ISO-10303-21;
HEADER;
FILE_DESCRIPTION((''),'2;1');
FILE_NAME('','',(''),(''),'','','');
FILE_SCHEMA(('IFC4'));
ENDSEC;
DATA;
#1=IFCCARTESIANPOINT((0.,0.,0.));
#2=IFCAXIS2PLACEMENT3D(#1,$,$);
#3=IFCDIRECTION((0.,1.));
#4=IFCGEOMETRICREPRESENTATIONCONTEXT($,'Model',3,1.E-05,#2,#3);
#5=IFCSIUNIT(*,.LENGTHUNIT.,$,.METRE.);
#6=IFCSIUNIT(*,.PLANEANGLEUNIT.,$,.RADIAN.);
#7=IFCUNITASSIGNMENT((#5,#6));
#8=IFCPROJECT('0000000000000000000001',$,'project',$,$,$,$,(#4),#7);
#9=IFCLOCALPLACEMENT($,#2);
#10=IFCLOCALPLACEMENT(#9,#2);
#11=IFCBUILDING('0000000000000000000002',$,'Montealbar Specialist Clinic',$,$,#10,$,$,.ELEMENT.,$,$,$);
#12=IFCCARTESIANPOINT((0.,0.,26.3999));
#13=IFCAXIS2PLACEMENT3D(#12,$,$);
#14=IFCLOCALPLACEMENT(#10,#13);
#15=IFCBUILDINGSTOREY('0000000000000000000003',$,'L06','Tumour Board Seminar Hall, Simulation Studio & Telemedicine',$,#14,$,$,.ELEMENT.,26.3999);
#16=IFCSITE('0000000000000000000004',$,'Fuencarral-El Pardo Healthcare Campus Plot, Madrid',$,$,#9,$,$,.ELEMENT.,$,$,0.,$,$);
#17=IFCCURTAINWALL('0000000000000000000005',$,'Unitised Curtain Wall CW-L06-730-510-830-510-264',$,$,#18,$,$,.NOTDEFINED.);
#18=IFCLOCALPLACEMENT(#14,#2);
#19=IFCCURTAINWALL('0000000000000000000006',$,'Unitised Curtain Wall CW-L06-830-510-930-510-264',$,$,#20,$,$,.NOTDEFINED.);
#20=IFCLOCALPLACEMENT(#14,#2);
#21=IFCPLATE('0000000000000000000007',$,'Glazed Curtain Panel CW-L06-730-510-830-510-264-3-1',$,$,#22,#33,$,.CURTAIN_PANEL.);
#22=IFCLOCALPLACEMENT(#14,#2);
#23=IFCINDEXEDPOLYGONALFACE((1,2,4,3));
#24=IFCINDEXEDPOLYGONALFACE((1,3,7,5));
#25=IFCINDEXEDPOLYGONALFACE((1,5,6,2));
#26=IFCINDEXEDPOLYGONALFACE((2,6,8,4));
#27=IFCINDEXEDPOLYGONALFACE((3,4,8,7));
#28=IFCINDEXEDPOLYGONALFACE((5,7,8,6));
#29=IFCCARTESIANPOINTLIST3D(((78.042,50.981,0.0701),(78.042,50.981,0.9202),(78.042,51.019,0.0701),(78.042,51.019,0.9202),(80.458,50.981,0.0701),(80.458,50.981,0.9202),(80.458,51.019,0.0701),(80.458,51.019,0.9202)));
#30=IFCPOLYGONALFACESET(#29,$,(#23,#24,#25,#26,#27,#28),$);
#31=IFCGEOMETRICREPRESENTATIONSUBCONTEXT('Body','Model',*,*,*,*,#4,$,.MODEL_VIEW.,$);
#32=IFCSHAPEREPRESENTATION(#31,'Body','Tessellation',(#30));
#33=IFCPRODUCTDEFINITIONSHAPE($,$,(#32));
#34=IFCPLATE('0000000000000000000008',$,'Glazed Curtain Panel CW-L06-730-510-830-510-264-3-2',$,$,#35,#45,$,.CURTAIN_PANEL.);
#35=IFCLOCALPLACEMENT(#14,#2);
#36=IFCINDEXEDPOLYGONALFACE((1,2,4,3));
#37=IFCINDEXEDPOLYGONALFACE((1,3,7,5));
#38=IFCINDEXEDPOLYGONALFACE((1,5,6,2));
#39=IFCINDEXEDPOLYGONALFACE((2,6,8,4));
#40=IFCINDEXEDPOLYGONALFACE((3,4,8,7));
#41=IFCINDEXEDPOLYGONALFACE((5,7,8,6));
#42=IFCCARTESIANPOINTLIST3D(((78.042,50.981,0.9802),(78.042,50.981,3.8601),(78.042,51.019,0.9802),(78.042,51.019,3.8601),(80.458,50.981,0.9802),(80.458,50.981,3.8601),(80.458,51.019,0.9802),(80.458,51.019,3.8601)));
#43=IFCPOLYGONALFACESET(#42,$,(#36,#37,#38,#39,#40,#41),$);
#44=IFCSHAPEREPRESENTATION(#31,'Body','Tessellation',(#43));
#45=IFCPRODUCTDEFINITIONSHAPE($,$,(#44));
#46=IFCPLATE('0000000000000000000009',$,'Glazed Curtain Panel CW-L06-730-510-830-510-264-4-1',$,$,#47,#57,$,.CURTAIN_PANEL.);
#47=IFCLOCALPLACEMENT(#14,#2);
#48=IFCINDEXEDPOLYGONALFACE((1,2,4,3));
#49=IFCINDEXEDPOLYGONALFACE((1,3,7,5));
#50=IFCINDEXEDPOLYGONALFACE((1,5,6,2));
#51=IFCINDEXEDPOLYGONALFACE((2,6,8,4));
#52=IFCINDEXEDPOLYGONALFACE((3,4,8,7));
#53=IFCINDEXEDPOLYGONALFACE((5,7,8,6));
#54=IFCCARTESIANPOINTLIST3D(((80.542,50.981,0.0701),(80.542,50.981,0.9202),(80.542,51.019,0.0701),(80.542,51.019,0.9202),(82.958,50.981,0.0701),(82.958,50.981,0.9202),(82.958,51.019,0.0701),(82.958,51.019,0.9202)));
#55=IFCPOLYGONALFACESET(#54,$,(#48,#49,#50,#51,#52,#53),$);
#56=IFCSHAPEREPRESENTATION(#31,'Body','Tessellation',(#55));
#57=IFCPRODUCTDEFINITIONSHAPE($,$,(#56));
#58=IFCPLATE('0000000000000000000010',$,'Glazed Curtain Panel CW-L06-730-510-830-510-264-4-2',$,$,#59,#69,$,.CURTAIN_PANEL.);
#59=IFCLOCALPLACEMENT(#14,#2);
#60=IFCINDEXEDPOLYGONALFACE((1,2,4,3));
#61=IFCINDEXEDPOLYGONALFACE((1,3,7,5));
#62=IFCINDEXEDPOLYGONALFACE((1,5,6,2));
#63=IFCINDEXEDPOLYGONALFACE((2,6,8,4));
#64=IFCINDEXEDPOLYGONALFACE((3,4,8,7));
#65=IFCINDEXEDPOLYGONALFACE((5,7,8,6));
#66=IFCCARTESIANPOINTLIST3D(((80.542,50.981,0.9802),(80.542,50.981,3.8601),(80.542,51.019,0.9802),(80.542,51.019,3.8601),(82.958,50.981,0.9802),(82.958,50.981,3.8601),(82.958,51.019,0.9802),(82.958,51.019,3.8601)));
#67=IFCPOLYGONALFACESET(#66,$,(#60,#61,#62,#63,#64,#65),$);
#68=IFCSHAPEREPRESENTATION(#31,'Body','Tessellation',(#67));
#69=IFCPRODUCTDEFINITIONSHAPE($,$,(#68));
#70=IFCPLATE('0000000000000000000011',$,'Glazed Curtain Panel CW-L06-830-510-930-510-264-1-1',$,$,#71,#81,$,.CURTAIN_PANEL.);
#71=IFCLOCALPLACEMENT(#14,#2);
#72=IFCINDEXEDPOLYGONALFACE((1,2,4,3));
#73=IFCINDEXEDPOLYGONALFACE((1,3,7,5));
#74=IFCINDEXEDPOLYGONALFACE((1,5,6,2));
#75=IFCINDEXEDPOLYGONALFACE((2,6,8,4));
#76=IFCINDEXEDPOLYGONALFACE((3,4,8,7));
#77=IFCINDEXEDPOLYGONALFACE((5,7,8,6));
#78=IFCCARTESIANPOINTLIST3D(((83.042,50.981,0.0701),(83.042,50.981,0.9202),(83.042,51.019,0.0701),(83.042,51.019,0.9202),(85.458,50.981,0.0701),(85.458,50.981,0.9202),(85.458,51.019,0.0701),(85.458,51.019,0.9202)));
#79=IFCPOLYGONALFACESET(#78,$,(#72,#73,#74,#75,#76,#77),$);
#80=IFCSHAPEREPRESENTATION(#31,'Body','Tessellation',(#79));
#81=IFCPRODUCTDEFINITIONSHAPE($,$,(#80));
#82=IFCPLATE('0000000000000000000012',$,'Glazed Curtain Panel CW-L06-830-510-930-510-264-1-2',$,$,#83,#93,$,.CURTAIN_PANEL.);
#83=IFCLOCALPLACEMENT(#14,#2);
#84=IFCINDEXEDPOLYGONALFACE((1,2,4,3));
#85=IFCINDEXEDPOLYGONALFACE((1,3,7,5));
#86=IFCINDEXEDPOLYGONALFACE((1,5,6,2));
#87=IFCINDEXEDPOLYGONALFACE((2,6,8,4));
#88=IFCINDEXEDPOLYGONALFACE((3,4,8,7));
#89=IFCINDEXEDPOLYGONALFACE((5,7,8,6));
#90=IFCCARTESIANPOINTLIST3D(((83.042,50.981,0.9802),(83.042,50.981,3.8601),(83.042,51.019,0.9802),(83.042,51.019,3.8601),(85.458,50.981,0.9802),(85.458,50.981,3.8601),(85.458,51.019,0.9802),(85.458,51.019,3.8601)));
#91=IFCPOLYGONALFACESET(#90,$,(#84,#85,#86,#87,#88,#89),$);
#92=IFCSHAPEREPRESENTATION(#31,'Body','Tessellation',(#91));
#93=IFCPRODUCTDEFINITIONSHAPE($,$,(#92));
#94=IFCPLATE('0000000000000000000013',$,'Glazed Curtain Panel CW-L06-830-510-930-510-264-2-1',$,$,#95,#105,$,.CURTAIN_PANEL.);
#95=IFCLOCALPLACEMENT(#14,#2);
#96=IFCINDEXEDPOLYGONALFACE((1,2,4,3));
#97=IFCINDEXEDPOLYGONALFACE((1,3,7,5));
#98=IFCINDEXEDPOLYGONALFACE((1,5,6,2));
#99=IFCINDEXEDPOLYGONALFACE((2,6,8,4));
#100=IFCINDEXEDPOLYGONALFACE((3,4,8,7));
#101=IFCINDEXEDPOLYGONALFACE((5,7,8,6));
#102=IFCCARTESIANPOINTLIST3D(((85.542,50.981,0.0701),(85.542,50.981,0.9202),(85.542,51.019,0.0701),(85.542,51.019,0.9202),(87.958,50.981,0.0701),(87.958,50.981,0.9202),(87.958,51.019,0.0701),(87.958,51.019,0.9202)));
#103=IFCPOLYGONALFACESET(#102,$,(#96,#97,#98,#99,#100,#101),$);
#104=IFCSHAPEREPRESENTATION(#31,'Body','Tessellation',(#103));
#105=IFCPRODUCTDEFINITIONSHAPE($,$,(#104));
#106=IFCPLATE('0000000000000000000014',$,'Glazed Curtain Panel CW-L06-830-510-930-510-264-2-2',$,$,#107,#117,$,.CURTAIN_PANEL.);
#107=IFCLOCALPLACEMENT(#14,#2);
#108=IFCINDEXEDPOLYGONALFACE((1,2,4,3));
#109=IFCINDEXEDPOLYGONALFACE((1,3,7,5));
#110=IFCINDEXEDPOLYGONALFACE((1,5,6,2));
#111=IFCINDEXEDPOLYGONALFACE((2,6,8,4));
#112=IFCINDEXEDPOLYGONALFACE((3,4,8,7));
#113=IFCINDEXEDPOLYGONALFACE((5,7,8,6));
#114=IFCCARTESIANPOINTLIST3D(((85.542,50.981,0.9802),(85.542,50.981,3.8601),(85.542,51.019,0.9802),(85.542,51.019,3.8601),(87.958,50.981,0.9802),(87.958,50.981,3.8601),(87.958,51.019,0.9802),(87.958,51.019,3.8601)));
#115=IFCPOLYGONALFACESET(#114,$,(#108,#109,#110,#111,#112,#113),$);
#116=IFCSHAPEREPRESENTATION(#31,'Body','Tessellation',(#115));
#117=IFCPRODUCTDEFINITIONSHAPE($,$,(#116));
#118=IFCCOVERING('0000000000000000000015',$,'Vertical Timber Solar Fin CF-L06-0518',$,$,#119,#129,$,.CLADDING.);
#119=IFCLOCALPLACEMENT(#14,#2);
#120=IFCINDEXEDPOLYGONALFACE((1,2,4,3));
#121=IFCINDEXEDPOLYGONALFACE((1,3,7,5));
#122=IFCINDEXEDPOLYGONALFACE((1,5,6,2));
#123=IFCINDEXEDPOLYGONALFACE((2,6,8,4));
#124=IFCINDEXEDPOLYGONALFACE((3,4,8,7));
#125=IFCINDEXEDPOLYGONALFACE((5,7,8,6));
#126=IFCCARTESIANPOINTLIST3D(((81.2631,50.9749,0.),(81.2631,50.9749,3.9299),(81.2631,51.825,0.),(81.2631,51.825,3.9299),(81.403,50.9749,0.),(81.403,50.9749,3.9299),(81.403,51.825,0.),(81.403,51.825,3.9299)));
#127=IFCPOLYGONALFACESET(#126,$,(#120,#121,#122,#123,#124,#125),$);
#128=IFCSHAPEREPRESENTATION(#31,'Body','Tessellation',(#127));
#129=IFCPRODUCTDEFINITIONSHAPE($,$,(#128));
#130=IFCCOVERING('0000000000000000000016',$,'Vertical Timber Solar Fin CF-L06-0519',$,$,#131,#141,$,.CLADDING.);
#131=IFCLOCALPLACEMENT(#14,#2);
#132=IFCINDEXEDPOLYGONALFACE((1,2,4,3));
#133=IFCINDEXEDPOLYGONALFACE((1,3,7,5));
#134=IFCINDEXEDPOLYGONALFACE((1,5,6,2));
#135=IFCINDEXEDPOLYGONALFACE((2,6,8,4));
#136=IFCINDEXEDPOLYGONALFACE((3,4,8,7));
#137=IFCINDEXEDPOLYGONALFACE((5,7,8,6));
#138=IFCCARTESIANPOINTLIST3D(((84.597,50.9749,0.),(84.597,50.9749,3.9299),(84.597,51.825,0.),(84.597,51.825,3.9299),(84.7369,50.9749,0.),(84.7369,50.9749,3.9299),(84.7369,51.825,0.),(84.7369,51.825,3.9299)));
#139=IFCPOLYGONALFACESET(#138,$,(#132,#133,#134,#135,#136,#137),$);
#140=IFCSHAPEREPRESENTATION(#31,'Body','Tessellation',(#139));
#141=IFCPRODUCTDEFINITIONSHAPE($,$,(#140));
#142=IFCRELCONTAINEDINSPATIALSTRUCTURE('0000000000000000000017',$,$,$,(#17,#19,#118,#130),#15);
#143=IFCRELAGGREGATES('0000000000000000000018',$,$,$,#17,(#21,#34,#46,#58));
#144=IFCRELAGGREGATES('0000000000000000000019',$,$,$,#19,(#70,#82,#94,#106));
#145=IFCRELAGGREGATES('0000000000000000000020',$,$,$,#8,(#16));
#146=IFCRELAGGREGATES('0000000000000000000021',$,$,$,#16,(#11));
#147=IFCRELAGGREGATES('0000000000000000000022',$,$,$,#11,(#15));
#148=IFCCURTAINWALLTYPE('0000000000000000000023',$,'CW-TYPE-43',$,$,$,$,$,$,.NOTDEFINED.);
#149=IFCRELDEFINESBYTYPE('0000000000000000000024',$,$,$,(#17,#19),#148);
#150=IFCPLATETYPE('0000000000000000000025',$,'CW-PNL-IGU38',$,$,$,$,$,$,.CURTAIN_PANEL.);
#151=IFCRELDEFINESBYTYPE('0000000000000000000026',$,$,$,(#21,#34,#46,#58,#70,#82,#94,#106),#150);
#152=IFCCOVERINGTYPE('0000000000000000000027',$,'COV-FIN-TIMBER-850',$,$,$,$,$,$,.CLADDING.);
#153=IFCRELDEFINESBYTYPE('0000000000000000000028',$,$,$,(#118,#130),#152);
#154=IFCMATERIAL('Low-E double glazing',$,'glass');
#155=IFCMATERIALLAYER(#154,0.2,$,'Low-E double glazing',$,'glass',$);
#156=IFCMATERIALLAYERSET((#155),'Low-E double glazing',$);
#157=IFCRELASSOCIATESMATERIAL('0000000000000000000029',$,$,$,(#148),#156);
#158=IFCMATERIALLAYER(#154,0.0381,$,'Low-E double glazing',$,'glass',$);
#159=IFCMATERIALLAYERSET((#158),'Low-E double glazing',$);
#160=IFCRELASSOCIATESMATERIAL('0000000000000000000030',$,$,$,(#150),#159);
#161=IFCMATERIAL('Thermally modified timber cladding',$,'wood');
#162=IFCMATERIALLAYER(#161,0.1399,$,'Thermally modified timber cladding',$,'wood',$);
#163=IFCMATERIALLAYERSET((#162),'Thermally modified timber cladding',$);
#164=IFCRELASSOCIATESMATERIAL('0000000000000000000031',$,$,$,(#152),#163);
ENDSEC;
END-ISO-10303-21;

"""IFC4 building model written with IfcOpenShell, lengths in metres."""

from ifc_helpers import new_model, si_unit, direction, frame, origin, origin_2d, place, context, subcontext, project, spatial, rectangle, extrude, material, layer, layer_set, type_object, element, aggregate, save


model = new_model("IFC4")

# Units and contexts
model_context = context("Model", 3, precision=1e-05, world=origin(), true_north=direction((0.0, 1.0)))
body_context = subcontext(model_context, "Body", "Model", "MODEL_VIEW")
ifc_project = project(units=[si_unit("LENGTHUNIT", "METRE"), si_unit("PLANEANGLEUNIT", "RADIAN")], contexts=[model_context])

# Site, building, storey
site_placement = place(None, origin())
site = spatial("IfcSite", under=ifc_project, at=site_placement, Name="Fuencarral-El Pardo Healthcare Campus Plot, Madrid", CompositionType="ELEMENT", RefElevation=0.0)
building_placement = place(site_placement, origin())
building = spatial("IfcBuilding", under=site, at=building_placement, Name="Montealbar Specialist Clinic", CompositionType="ELEMENT")
storey_placement = place(building_placement, frame((0.0, 0.0, 26.3999)))
storey = spatial("IfcBuildingStorey", under=building, at=storey_placement, Name="L06", Description="Tumour Board Seminar Hall, Simulation Studio & Telemedicine", CompositionType="ELEMENT", Elevation=26.3999)

# Curtain walls
ifc_material_1 = material(Name="Low-E double glazing", Category="glass")
ifc_layer_1 = layer(ifc_material_1, 0.2, Name="Low-E double glazing", Category="glass")
ifc_layer_set_1 = layer_set([ifc_layer_1], Name="Low-E double glazing")
curtain_wall_type = type_object("IfcCurtainWallType", Name="CW-TYPE-43", PredefinedType="NOTDEFINED", material=ifc_layer_set_1)
curtain_wall_1_placement = place(storey_placement, origin())
curtain_wall_1 = element("IfcCurtainWall", 1, at=curtain_wall_1_placement, inside=storey, type_object=curtain_wall_type, Name="Unitised Curtain Wall CW-L06-730-510-830-510-264", PredefinedType="NOTDEFINED")
curtain_wall_2_placement = place(storey_placement, origin())
curtain_wall_2 = element("IfcCurtainWall", 2, at=curtain_wall_2_placement, inside=storey, type_object=curtain_wall_type, Name="Unitised Curtain Wall CW-L06-830-510-930-510-264", PredefinedType="NOTDEFINED")

# Plates
ifc_layer_2 = layer(ifc_material_1, 0.0381, Name="Low-E double glazing", Category="glass")
ifc_layer_set_2 = layer_set([ifc_layer_2], Name="Low-E double glazing")
plate_type = type_object("IfcPlateType", Name="CW-PNL-IGU38", PredefinedType="CURTAIN_PANEL", material=ifc_layer_set_2)
plate_1_placement = place(storey_placement, frame((79.25, 51.0, 0.0701), z_axis=(0.0, 0.0, 1.0), x_axis=(1.0, 0.0, 0.0)))
plate_1 = element("IfcPlate", 3, at=plate_1_placement, type_object=plate_type, Name="Glazed Curtain Panel CW-L06-730-510-830-510-264-3-1", PredefinedType="CURTAIN_PANEL", context=body_context, shape_type="SweptSolid", body=[
    extrude(rectangle(XDim=2.416, YDim=0.0381, at=origin_2d()), origin(), (0.0, 0.0, 1.0), 0.8501),
])
plate_2_placement = place(storey_placement, frame((79.25, 51.0, 0.9802), z_axis=(0.0, 0.0, 1.0), x_axis=(1.0, 0.0, 0.0)))
plate_2 = element("IfcPlate", 4, at=plate_2_placement, type_object=plate_type, Name="Glazed Curtain Panel CW-L06-730-510-830-510-264-3-2", PredefinedType="CURTAIN_PANEL", context=body_context, shape_type="SweptSolid", body=[
    extrude(rectangle(XDim=2.416, YDim=0.0381, at=origin_2d()), origin(), (0.0, 0.0, 1.0), 2.8799),
])
plate_3_placement = place(storey_placement, frame((81.75, 51.0, 0.0701), z_axis=(0.0, 0.0, 1.0), x_axis=(1.0, 0.0, 0.0)))
plate_3 = element("IfcPlate", 5, at=plate_3_placement, type_object=plate_type, Name="Glazed Curtain Panel CW-L06-730-510-830-510-264-4-1", PredefinedType="CURTAIN_PANEL", context=body_context, shape_type="SweptSolid", body=[
    extrude(rectangle(XDim=2.416, YDim=0.0381, at=origin_2d()), origin(), (0.0, 0.0, 1.0), 0.8501),
])
plate_4_placement = place(storey_placement, frame((81.75, 51.0, 0.9802), z_axis=(0.0, 0.0, 1.0), x_axis=(1.0, 0.0, 0.0)))
plate_4 = element("IfcPlate", 6, at=plate_4_placement, type_object=plate_type, Name="Glazed Curtain Panel CW-L06-730-510-830-510-264-4-2", PredefinedType="CURTAIN_PANEL", context=body_context, shape_type="SweptSolid", body=[
    extrude(rectangle(XDim=2.416, YDim=0.0381, at=origin_2d()), origin(), (0.0, 0.0, 1.0), 2.8799),
])
aggregate(curtain_wall_1, [plate_1, plate_2, plate_3, plate_4])
plate_5_placement = place(storey_placement, frame((84.25, 51.0, 0.0701), z_axis=(0.0, 0.0, 1.0), x_axis=(1.0, 0.0, 0.0)))
plate_5 = element("IfcPlate", 7, at=plate_5_placement, type_object=plate_type, Name="Glazed Curtain Panel CW-L06-830-510-930-510-264-1-1", PredefinedType="CURTAIN_PANEL", context=body_context, shape_type="SweptSolid", body=[
    extrude(rectangle(XDim=2.416, YDim=0.0381, at=origin_2d()), origin(), (0.0, 0.0, 1.0), 0.8501),
])
plate_6_placement = place(storey_placement, frame((84.25, 51.0, 0.9802), z_axis=(0.0, 0.0, 1.0), x_axis=(1.0, 0.0, 0.0)))
plate_6 = element("IfcPlate", 8, at=plate_6_placement, type_object=plate_type, Name="Glazed Curtain Panel CW-L06-830-510-930-510-264-1-2", PredefinedType="CURTAIN_PANEL", context=body_context, shape_type="SweptSolid", body=[
    extrude(rectangle(XDim=2.416, YDim=0.0381, at=origin_2d()), origin(), (0.0, 0.0, 1.0), 2.8799),
])
plate_7_placement = place(storey_placement, frame((86.75, 51.0, 0.0701), z_axis=(0.0, 0.0, 1.0), x_axis=(1.0, 0.0, 0.0)))
plate_7 = element("IfcPlate", 9, at=plate_7_placement, type_object=plate_type, Name="Glazed Curtain Panel CW-L06-830-510-930-510-264-2-1", PredefinedType="CURTAIN_PANEL", context=body_context, shape_type="SweptSolid", body=[
    extrude(rectangle(XDim=2.416, YDim=0.0381, at=origin_2d()), origin(), (0.0, 0.0, 1.0), 0.8501),
])
plate_8_placement = place(storey_placement, frame((86.75, 51.0, 0.9802), z_axis=(0.0, 0.0, 1.0), x_axis=(1.0, 0.0, 0.0)))
plate_8 = element("IfcPlate", 10, at=plate_8_placement, type_object=plate_type, Name="Glazed Curtain Panel CW-L06-830-510-930-510-264-2-2", PredefinedType="CURTAIN_PANEL", context=body_context, shape_type="SweptSolid", body=[
    extrude(rectangle(XDim=2.416, YDim=0.0381, at=origin_2d()), origin(), (0.0, 0.0, 1.0), 2.8799),
])
aggregate(curtain_wall_2, [plate_5, plate_6, plate_7, plate_8])

# Coverings
ifc_material_2 = material(Name="Thermally modified timber cladding", Category="wood")
ifc_layer_3 = layer(ifc_material_2, 0.1399, Name="Thermally modified timber cladding", Category="wood")
ifc_layer_set_3 = layer_set([ifc_layer_3], Name="Thermally modified timber cladding")
covering_type = type_object("IfcCoveringType", Name="COV-FIN-TIMBER-850", PredefinedType="CLADDING", material=ifc_layer_set_3)
for number, where, z_axis, x_axis, name in (
    (11, (81.333, 51.3999, 0.0), (0.0, 0.0, 1.0), (0.0, 1.0, 0.0), "Vertical Timber Solar Fin CF-L06-0518"),
    (12, (84.667, 51.3999, 0.0), (0.0, 0.0, 1.0), (0.0, 1.0, 0.0), "Vertical Timber Solar Fin CF-L06-0519"),
):
    element("IfcCovering", number, at=place(storey_placement, frame(where, z_axis=z_axis, x_axis=x_axis)), inside=storey, type_object=covering_type, Name=name, PredefinedType="CLADDING", context=body_context, shape_type="SweptSolid", body=[
        extrude(rectangle(XDim=0.8501, YDim=0.1399, at=origin_2d()), origin(), (0.0, 0.0, 1.0), 3.9299),
    ])

save(model, "model.ifc")
